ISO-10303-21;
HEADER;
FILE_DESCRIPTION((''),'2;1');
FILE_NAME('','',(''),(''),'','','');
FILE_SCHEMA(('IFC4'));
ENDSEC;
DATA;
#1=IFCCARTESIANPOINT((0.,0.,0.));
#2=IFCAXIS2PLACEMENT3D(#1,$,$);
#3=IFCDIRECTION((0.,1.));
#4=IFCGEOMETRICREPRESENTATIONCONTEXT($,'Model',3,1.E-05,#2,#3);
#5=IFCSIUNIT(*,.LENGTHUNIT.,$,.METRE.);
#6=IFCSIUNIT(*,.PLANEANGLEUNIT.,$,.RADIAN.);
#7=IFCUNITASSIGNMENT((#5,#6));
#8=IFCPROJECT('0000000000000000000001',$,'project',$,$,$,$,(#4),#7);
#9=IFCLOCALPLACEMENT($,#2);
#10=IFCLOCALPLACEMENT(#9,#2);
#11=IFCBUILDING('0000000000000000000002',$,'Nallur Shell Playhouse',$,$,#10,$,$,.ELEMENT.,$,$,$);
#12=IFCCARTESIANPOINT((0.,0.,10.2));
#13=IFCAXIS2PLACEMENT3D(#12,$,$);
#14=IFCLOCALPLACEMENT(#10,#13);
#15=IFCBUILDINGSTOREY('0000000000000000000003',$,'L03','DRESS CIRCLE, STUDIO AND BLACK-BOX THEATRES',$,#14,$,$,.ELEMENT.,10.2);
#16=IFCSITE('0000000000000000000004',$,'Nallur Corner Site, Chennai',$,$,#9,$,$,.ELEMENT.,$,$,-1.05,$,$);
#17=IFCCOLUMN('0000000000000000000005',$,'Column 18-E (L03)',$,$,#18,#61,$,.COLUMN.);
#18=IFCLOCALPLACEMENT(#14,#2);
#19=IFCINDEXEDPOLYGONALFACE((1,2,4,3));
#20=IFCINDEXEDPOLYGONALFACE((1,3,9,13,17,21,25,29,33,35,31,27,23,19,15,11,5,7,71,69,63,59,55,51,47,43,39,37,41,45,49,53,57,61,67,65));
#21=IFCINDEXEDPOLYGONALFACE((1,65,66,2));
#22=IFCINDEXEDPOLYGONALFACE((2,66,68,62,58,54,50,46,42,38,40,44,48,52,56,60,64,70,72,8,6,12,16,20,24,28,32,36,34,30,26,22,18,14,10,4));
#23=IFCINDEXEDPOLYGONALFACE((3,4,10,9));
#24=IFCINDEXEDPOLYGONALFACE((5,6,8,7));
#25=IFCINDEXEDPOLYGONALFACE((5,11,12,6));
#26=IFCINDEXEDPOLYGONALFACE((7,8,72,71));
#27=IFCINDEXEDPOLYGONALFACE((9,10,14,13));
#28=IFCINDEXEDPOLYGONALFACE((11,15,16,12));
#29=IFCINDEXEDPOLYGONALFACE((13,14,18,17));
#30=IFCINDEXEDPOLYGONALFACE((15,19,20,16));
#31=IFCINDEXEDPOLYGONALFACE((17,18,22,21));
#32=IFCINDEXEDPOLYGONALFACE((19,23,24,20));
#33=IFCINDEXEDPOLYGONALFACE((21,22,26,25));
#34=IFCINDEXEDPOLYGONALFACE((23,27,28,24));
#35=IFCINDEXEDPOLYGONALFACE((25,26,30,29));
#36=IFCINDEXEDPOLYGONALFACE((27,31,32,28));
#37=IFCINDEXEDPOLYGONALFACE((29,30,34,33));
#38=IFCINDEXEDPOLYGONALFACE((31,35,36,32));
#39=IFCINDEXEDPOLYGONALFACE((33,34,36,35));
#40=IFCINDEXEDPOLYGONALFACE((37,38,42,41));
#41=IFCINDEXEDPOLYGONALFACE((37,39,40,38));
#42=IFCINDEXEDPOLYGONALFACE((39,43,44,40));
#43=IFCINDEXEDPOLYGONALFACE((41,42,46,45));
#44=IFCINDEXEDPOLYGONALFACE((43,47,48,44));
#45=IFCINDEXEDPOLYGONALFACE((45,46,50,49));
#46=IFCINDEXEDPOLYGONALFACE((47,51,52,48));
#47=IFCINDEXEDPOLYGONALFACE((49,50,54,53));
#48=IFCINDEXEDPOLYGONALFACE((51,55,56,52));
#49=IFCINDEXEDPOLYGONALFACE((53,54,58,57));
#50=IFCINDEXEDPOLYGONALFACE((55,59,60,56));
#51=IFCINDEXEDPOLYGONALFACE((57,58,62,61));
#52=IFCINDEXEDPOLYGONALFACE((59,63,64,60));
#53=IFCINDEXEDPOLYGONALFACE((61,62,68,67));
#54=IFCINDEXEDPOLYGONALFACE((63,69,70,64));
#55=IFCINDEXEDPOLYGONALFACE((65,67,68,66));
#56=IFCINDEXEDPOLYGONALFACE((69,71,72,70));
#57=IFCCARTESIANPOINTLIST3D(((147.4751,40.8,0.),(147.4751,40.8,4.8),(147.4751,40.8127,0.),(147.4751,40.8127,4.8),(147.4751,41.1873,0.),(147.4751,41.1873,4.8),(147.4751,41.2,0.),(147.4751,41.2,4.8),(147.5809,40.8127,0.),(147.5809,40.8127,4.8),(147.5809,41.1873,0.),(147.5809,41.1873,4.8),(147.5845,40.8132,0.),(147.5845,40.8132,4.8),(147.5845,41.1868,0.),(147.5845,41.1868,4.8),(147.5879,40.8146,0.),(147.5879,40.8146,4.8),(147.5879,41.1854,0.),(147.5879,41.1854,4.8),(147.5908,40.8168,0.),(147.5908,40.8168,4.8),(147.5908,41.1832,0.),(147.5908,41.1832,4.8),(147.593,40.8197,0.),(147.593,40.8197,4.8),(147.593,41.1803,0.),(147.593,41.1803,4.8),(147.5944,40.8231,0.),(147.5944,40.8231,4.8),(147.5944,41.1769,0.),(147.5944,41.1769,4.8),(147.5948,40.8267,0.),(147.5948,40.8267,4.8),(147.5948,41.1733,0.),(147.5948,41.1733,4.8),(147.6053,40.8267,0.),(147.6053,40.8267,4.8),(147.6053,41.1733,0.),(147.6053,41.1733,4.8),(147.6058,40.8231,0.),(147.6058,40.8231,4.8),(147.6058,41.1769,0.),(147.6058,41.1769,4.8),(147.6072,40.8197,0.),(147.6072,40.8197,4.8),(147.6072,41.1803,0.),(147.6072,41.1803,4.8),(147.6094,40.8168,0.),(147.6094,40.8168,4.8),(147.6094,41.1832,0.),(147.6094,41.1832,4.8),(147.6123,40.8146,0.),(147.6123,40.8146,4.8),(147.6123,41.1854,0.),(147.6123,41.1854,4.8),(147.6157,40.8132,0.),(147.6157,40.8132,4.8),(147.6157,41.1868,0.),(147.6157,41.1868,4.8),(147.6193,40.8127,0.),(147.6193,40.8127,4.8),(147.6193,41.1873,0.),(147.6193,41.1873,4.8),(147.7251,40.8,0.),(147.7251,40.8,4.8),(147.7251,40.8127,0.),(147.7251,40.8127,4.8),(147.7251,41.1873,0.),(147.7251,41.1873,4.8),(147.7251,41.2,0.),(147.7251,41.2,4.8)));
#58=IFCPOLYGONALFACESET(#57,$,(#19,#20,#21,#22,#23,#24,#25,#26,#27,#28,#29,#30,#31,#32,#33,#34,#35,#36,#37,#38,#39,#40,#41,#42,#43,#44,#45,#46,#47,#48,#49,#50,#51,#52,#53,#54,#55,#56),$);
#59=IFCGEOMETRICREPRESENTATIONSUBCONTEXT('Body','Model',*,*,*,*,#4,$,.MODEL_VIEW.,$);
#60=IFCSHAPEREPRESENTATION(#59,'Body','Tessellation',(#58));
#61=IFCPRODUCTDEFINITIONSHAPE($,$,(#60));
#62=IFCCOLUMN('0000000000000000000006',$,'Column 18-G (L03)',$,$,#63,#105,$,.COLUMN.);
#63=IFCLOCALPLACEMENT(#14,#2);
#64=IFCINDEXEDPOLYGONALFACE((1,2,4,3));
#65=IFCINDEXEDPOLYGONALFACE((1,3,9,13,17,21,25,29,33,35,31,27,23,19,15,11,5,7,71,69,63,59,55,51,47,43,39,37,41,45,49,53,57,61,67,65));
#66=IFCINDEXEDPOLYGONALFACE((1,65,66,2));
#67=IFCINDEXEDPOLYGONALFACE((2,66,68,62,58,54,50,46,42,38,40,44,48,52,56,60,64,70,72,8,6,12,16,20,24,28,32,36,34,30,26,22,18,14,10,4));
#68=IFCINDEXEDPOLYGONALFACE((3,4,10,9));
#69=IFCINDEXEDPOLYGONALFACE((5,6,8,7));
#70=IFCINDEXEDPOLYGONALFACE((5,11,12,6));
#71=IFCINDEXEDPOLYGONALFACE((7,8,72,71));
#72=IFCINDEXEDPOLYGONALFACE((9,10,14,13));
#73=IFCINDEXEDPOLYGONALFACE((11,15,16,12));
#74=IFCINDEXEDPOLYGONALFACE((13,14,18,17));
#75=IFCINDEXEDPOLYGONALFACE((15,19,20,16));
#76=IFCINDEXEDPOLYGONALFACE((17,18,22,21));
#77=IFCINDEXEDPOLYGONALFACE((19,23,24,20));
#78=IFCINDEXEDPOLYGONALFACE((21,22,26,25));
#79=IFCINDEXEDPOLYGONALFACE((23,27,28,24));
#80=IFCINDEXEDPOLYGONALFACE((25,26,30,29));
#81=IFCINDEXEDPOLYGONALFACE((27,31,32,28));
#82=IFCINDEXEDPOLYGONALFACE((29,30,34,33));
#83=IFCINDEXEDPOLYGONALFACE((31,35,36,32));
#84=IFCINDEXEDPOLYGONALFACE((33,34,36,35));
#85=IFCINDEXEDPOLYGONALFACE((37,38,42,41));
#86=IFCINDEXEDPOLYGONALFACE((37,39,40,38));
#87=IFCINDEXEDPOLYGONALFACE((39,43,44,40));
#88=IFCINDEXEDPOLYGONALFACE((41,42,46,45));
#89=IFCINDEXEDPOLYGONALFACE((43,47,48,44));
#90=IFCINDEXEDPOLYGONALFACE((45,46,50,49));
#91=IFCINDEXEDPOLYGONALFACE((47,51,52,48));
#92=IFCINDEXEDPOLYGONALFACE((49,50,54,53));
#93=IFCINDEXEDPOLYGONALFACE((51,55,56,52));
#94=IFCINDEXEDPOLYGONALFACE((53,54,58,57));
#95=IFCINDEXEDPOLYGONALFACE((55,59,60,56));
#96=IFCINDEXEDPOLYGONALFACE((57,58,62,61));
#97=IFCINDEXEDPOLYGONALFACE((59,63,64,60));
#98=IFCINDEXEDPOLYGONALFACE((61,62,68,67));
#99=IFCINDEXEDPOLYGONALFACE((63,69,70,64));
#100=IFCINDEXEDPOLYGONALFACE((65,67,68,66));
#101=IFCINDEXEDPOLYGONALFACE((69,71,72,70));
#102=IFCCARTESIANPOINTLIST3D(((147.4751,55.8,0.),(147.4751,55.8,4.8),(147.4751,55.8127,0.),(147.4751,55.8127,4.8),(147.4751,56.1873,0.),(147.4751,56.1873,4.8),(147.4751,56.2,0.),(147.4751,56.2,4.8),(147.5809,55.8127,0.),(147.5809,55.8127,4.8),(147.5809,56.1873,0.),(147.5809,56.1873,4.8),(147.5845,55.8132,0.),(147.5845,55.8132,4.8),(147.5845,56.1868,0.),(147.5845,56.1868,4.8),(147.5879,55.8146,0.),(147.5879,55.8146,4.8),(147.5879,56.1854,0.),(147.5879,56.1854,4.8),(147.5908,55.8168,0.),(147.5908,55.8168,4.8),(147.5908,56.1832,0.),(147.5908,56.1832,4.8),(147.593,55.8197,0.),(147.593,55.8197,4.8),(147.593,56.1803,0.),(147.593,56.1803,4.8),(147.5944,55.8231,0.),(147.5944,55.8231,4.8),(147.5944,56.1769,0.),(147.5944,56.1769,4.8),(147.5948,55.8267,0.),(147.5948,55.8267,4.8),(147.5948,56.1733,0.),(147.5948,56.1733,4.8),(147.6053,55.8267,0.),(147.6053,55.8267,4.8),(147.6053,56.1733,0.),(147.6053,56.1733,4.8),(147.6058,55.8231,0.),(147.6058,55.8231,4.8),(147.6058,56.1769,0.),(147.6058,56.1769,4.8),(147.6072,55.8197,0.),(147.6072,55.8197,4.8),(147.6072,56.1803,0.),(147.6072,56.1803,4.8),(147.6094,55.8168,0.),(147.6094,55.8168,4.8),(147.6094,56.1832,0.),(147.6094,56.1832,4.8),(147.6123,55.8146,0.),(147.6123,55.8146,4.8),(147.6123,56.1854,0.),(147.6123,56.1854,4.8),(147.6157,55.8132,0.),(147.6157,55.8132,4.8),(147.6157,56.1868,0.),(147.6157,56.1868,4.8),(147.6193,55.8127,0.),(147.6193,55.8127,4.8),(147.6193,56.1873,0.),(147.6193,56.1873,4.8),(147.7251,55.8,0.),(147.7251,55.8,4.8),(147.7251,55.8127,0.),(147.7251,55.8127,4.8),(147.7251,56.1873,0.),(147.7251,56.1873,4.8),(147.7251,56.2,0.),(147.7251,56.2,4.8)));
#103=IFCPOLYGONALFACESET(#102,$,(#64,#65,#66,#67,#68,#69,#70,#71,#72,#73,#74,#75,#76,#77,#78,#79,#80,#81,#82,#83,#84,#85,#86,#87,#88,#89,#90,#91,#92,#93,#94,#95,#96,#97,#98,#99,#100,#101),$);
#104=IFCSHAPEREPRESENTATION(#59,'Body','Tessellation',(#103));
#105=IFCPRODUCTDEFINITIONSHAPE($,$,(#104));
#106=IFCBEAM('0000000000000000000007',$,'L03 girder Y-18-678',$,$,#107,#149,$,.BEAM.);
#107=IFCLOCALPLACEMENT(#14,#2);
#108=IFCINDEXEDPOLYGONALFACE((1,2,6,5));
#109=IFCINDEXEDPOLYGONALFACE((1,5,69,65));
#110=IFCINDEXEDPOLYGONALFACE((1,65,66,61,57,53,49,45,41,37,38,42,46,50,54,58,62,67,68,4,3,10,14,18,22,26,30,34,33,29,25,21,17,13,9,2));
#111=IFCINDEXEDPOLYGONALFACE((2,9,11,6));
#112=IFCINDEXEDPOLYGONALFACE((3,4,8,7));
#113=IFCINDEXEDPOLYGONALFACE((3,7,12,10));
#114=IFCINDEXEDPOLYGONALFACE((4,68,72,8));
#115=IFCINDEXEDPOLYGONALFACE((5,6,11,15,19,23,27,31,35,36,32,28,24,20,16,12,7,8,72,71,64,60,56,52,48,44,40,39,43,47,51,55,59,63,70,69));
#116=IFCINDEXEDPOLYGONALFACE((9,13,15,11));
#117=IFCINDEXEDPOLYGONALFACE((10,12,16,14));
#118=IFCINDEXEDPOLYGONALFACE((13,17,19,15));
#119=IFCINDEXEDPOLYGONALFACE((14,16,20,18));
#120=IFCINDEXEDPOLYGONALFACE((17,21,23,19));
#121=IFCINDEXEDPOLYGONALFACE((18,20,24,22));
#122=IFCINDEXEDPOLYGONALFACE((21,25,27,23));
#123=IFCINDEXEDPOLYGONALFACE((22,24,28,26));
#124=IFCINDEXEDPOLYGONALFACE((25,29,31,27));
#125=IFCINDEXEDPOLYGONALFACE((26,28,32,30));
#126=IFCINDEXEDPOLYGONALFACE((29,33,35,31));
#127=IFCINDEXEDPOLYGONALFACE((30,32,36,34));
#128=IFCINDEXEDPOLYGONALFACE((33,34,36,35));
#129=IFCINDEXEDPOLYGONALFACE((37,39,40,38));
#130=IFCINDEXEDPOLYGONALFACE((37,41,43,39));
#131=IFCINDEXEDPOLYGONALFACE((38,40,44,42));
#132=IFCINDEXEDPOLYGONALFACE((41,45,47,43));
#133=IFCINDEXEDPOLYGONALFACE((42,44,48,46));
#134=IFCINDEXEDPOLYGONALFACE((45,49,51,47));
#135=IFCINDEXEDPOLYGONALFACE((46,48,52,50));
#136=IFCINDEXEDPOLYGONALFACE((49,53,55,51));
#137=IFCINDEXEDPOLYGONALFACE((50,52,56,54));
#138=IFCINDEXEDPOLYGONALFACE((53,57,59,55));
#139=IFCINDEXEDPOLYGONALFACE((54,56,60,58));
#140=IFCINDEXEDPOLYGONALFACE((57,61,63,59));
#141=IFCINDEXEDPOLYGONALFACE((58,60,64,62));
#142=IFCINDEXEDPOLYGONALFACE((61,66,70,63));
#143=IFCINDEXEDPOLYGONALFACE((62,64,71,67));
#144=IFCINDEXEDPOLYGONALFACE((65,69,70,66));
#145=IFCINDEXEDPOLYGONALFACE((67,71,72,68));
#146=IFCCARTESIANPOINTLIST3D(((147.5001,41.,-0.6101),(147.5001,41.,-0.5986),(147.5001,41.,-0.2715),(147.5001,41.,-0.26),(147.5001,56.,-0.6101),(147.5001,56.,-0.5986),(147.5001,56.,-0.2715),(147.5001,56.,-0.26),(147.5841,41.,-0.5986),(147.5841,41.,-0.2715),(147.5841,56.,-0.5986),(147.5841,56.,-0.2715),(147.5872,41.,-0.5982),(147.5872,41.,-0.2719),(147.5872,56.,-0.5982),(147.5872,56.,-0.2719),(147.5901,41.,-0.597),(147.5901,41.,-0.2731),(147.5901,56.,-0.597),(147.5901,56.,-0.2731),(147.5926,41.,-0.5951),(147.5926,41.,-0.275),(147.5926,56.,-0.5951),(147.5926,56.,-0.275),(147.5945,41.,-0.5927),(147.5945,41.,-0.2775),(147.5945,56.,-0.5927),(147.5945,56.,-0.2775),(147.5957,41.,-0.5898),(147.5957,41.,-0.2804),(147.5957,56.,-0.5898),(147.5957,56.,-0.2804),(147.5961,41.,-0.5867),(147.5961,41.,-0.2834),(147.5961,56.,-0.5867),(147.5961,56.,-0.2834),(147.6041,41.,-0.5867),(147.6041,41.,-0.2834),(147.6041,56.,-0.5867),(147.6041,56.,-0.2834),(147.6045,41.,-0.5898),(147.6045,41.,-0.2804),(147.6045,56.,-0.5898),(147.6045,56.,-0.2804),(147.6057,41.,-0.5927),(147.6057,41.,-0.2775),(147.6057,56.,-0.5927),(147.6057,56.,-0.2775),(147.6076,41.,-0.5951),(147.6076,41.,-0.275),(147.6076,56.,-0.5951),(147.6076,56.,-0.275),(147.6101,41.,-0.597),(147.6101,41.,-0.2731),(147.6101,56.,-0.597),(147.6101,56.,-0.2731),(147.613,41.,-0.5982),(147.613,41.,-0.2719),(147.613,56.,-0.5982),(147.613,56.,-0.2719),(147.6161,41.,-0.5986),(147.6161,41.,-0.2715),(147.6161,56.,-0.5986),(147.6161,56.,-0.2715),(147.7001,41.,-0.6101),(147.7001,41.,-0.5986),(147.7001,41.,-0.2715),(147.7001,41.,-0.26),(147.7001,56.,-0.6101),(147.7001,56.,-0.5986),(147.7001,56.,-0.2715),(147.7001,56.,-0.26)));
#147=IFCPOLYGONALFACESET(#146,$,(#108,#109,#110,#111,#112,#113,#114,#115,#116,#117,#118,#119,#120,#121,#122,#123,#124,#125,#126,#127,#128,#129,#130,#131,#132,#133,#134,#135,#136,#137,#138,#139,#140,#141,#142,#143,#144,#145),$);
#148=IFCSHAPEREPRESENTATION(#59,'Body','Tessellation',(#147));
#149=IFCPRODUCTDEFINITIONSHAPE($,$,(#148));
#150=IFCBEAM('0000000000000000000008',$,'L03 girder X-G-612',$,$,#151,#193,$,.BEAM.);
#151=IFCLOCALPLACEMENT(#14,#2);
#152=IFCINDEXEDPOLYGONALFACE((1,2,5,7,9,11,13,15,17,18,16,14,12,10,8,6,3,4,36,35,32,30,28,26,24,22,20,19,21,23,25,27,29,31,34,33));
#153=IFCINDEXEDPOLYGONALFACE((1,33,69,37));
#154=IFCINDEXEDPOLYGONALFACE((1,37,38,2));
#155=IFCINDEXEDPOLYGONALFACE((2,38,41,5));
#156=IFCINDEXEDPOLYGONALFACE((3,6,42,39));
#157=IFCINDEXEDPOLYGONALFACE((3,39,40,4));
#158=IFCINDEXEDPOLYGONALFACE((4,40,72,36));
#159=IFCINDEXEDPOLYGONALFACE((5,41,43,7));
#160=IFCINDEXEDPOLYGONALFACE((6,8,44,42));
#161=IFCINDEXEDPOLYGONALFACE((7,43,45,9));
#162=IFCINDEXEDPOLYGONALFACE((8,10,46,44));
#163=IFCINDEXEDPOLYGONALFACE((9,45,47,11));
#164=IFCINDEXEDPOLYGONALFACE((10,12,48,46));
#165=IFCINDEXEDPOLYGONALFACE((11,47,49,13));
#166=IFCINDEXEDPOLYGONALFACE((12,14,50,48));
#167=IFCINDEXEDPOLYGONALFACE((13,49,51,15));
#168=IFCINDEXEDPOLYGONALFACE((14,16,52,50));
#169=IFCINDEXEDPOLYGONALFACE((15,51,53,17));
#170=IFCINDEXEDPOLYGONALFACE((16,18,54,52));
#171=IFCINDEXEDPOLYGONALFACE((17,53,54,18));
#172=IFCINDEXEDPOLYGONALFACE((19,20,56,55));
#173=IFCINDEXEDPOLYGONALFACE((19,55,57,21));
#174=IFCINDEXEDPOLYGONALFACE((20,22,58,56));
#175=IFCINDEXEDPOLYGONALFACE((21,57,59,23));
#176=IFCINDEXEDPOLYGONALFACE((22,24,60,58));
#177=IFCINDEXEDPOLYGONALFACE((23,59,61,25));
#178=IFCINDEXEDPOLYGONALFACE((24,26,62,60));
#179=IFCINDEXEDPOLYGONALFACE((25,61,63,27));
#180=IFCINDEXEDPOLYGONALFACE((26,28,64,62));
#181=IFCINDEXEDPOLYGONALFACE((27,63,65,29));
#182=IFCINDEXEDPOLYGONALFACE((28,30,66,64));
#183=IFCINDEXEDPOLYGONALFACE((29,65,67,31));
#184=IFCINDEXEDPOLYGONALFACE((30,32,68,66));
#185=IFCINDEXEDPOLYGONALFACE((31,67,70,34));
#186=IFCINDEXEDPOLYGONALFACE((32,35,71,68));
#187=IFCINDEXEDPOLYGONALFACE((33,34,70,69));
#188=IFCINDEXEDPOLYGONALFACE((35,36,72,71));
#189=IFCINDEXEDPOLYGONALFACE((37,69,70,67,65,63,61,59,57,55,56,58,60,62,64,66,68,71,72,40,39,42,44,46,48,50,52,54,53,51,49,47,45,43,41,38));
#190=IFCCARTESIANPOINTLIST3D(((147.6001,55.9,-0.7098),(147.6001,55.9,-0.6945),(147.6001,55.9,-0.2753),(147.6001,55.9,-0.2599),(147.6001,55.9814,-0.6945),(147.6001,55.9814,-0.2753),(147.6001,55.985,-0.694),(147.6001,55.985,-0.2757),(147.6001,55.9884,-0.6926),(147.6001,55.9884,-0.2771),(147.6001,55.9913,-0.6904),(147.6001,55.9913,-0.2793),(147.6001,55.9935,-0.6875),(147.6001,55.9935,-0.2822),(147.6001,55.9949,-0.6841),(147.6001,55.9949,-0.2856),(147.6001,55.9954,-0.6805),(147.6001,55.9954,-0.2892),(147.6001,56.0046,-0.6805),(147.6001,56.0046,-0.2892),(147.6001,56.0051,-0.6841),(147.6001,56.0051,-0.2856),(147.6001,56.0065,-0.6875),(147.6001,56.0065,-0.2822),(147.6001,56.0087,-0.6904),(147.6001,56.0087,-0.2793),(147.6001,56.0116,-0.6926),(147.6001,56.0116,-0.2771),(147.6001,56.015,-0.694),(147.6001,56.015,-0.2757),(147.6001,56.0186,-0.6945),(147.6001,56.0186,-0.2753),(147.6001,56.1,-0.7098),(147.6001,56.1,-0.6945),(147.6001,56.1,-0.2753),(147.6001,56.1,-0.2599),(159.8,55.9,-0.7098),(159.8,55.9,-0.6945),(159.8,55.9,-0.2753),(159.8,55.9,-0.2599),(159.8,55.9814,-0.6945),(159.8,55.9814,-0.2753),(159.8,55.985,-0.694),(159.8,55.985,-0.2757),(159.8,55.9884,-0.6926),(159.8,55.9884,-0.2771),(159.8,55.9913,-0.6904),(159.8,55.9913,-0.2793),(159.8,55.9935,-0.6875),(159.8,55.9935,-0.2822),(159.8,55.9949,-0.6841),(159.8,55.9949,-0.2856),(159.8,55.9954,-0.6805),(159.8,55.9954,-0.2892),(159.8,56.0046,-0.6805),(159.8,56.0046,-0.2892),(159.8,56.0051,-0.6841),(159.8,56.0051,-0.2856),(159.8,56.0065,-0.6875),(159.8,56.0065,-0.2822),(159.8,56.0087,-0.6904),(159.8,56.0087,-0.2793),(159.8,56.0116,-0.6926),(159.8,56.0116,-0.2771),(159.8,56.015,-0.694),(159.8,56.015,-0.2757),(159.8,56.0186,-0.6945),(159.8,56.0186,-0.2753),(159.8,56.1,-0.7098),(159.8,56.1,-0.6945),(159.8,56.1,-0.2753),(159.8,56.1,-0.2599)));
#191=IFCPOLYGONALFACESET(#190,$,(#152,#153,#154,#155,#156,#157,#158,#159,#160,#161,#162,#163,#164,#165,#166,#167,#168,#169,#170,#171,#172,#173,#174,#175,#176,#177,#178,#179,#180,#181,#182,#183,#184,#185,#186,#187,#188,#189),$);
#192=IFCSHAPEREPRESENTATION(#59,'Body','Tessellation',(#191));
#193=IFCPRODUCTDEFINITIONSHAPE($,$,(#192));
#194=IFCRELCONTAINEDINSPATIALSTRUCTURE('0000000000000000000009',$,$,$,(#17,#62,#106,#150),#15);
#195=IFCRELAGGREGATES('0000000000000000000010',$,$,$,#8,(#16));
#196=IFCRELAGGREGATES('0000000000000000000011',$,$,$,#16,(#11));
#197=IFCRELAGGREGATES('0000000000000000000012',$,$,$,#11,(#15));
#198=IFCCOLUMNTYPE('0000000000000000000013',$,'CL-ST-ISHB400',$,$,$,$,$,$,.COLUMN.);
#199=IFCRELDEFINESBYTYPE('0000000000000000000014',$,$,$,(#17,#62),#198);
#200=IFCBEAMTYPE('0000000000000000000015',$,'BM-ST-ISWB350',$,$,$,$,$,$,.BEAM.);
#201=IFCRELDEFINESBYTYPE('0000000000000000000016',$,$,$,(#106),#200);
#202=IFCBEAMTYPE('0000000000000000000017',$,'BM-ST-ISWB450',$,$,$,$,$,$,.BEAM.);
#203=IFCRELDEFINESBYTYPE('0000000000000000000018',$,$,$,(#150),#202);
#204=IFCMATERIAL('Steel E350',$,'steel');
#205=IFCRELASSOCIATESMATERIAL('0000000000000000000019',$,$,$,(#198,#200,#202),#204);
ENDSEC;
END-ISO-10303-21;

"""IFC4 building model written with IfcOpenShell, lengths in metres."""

from ifc_helpers import new_model, si_unit, direction, frame, origin, origin_2d, place, context, subcontext, project, spatial, i_section, extrude, material, material_profile, profile_set, type_object, element, save


model = new_model("IFC4")

# Units and contexts
model_context = context("Model", 3, precision=1e-05, world=origin(), true_north=direction((0.0, 1.0)))
body_context = subcontext(model_context, "Body", "Model", "MODEL_VIEW")
ifc_project = project(units=[si_unit("LENGTHUNIT", "METRE"), si_unit("PLANEANGLEUNIT", "RADIAN")], contexts=[model_context])

# Site, building, storey
site_placement = place(None, origin())
site = spatial("IfcSite", under=ifc_project, at=site_placement, Name="Nallur Corner Site, Chennai", CompositionType="ELEMENT", RefElevation=-1.05)
building_placement = place(site_placement, origin())
building = spatial("IfcBuilding", under=site, at=building_placement, Name="Nallur Shell Playhouse", CompositionType="ELEMENT")
storey_placement = place(building_placement, frame((0.0, 0.0, 10.2)))
storey = spatial("IfcBuildingStorey", under=building, at=storey_placement, Name="L03", Description="DRESS CIRCLE, STUDIO AND BLACK-BOX THEATRES", CompositionType="ELEMENT", Elevation=10.2)

# Columns
ifc_material_1 = material(Name="Steel E350", Category="steel")
ifc_material_profile_1 = material_profile(ifc_material_1, i_section(OverallWidth=0.25, OverallDepth=0.3999, WebThickness=0.0105, FlangeThickness=0.0127, FilletRadius=0.0139, at=origin_2d()), Name="ISHB 400")
ifc_profile_set_1 = profile_set([ifc_material_profile_1], Name="Steel E350")
column_type = type_object("IfcColumnType", Name="CL-ST-ISHB400", PredefinedType="COLUMN", material=ifc_profile_set_1)
for number, where, z_axis, x_axis, name in (
    (1, (147.6001, 41.0, 0.0), (0.0, 0.0, 1.0), (1.0, 0.0, 0.0), "Column 18-E (L03)"),
    (2, (147.6001, 56.0, 0.0), (0.0, 0.0, 1.0), (1.0, 0.0, 0.0), "Column 18-G (L03)"),
):
    element("IfcColumn", number, at=place(storey_placement, frame(where, z_axis=z_axis, x_axis=x_axis)), inside=storey, type_object=column_type, Name=name, PredefinedType="COLUMN", context=body_context, shape_type="SweptSolid", body=[
        extrude(i_section(OverallWidth=0.25, OverallDepth=0.3999, WebThickness=0.0105, FlangeThickness=0.0127, FilletRadius=0.0139, at=origin_2d()), origin(), (0.0, 0.0, 1.0), 4.8),
    ])

# Beams
ifc_material_profile_2 = material_profile(ifc_material_1, i_section(OverallWidth=0.2, OverallDepth=0.3501, WebThickness=0.0081, FlangeThickness=0.0115, FilletRadius=0.012, at=origin_2d()), Name="ISWB 350")
ifc_profile_set_2 = profile_set([ifc_material_profile_2], Name="Steel E350")
beam_type_1 = type_object("IfcBeamType", Name="BM-ST-ISWB350", PredefinedType="BEAM", material=ifc_profile_set_2)
beam_1_placement = place(storey_placement, frame((147.6001, 41.0, -0.4351), z_axis=(0.0, 1.0, 0.0), x_axis=(-1.0, 0.0, 0.0)))
element("IfcBeam", 3, at=beam_1_placement, inside=storey, type_object=beam_type_1, Name="L03 girder Y-18-678", PredefinedType="BEAM", context=body_context, shape_type="SweptSolid", body=[
    extrude(i_section(OverallWidth=0.2, OverallDepth=0.3501, WebThickness=0.0081, FlangeThickness=0.0115, FilletRadius=0.012, at=origin_2d()), origin(), (0.0, 0.0, 1.0), 15.0),
])
ifc_material_profile_3 = material_profile(ifc_material_1, i_section(OverallWidth=0.2, OverallDepth=0.45, WebThickness=0.0093, FlangeThickness=0.0154, FilletRadius=0.0139, at=origin_2d()), Name="ISWB 450")
ifc_profile_set_3 = profile_set([ifc_material_profile_3], Name="Steel E350")
beam_type_2 = type_object("IfcBeamType", Name="BM-ST-ISWB450", PredefinedType="BEAM", material=ifc_profile_set_3)
beam_2_placement = place(storey_placement, frame((147.6001, 56.0, -0.4849), z_axis=(1.0, 0.0, 0.0), x_axis=(0.0, 1.0, 0.0)))
element("IfcBeam", 4, at=beam_2_placement, inside=storey, type_object=beam_type_2, Name="L03 girder X-G-612", PredefinedType="BEAM", context=body_context, shape_type="SweptSolid", body=[
    extrude(i_section(OverallWidth=0.2, OverallDepth=0.45, WebThickness=0.0093, FlangeThickness=0.0154, FilletRadius=0.0139, at=origin_2d()), origin(), (0.0, 0.0, 1.0), 12.2),
])

save(model, "model.ifc")
